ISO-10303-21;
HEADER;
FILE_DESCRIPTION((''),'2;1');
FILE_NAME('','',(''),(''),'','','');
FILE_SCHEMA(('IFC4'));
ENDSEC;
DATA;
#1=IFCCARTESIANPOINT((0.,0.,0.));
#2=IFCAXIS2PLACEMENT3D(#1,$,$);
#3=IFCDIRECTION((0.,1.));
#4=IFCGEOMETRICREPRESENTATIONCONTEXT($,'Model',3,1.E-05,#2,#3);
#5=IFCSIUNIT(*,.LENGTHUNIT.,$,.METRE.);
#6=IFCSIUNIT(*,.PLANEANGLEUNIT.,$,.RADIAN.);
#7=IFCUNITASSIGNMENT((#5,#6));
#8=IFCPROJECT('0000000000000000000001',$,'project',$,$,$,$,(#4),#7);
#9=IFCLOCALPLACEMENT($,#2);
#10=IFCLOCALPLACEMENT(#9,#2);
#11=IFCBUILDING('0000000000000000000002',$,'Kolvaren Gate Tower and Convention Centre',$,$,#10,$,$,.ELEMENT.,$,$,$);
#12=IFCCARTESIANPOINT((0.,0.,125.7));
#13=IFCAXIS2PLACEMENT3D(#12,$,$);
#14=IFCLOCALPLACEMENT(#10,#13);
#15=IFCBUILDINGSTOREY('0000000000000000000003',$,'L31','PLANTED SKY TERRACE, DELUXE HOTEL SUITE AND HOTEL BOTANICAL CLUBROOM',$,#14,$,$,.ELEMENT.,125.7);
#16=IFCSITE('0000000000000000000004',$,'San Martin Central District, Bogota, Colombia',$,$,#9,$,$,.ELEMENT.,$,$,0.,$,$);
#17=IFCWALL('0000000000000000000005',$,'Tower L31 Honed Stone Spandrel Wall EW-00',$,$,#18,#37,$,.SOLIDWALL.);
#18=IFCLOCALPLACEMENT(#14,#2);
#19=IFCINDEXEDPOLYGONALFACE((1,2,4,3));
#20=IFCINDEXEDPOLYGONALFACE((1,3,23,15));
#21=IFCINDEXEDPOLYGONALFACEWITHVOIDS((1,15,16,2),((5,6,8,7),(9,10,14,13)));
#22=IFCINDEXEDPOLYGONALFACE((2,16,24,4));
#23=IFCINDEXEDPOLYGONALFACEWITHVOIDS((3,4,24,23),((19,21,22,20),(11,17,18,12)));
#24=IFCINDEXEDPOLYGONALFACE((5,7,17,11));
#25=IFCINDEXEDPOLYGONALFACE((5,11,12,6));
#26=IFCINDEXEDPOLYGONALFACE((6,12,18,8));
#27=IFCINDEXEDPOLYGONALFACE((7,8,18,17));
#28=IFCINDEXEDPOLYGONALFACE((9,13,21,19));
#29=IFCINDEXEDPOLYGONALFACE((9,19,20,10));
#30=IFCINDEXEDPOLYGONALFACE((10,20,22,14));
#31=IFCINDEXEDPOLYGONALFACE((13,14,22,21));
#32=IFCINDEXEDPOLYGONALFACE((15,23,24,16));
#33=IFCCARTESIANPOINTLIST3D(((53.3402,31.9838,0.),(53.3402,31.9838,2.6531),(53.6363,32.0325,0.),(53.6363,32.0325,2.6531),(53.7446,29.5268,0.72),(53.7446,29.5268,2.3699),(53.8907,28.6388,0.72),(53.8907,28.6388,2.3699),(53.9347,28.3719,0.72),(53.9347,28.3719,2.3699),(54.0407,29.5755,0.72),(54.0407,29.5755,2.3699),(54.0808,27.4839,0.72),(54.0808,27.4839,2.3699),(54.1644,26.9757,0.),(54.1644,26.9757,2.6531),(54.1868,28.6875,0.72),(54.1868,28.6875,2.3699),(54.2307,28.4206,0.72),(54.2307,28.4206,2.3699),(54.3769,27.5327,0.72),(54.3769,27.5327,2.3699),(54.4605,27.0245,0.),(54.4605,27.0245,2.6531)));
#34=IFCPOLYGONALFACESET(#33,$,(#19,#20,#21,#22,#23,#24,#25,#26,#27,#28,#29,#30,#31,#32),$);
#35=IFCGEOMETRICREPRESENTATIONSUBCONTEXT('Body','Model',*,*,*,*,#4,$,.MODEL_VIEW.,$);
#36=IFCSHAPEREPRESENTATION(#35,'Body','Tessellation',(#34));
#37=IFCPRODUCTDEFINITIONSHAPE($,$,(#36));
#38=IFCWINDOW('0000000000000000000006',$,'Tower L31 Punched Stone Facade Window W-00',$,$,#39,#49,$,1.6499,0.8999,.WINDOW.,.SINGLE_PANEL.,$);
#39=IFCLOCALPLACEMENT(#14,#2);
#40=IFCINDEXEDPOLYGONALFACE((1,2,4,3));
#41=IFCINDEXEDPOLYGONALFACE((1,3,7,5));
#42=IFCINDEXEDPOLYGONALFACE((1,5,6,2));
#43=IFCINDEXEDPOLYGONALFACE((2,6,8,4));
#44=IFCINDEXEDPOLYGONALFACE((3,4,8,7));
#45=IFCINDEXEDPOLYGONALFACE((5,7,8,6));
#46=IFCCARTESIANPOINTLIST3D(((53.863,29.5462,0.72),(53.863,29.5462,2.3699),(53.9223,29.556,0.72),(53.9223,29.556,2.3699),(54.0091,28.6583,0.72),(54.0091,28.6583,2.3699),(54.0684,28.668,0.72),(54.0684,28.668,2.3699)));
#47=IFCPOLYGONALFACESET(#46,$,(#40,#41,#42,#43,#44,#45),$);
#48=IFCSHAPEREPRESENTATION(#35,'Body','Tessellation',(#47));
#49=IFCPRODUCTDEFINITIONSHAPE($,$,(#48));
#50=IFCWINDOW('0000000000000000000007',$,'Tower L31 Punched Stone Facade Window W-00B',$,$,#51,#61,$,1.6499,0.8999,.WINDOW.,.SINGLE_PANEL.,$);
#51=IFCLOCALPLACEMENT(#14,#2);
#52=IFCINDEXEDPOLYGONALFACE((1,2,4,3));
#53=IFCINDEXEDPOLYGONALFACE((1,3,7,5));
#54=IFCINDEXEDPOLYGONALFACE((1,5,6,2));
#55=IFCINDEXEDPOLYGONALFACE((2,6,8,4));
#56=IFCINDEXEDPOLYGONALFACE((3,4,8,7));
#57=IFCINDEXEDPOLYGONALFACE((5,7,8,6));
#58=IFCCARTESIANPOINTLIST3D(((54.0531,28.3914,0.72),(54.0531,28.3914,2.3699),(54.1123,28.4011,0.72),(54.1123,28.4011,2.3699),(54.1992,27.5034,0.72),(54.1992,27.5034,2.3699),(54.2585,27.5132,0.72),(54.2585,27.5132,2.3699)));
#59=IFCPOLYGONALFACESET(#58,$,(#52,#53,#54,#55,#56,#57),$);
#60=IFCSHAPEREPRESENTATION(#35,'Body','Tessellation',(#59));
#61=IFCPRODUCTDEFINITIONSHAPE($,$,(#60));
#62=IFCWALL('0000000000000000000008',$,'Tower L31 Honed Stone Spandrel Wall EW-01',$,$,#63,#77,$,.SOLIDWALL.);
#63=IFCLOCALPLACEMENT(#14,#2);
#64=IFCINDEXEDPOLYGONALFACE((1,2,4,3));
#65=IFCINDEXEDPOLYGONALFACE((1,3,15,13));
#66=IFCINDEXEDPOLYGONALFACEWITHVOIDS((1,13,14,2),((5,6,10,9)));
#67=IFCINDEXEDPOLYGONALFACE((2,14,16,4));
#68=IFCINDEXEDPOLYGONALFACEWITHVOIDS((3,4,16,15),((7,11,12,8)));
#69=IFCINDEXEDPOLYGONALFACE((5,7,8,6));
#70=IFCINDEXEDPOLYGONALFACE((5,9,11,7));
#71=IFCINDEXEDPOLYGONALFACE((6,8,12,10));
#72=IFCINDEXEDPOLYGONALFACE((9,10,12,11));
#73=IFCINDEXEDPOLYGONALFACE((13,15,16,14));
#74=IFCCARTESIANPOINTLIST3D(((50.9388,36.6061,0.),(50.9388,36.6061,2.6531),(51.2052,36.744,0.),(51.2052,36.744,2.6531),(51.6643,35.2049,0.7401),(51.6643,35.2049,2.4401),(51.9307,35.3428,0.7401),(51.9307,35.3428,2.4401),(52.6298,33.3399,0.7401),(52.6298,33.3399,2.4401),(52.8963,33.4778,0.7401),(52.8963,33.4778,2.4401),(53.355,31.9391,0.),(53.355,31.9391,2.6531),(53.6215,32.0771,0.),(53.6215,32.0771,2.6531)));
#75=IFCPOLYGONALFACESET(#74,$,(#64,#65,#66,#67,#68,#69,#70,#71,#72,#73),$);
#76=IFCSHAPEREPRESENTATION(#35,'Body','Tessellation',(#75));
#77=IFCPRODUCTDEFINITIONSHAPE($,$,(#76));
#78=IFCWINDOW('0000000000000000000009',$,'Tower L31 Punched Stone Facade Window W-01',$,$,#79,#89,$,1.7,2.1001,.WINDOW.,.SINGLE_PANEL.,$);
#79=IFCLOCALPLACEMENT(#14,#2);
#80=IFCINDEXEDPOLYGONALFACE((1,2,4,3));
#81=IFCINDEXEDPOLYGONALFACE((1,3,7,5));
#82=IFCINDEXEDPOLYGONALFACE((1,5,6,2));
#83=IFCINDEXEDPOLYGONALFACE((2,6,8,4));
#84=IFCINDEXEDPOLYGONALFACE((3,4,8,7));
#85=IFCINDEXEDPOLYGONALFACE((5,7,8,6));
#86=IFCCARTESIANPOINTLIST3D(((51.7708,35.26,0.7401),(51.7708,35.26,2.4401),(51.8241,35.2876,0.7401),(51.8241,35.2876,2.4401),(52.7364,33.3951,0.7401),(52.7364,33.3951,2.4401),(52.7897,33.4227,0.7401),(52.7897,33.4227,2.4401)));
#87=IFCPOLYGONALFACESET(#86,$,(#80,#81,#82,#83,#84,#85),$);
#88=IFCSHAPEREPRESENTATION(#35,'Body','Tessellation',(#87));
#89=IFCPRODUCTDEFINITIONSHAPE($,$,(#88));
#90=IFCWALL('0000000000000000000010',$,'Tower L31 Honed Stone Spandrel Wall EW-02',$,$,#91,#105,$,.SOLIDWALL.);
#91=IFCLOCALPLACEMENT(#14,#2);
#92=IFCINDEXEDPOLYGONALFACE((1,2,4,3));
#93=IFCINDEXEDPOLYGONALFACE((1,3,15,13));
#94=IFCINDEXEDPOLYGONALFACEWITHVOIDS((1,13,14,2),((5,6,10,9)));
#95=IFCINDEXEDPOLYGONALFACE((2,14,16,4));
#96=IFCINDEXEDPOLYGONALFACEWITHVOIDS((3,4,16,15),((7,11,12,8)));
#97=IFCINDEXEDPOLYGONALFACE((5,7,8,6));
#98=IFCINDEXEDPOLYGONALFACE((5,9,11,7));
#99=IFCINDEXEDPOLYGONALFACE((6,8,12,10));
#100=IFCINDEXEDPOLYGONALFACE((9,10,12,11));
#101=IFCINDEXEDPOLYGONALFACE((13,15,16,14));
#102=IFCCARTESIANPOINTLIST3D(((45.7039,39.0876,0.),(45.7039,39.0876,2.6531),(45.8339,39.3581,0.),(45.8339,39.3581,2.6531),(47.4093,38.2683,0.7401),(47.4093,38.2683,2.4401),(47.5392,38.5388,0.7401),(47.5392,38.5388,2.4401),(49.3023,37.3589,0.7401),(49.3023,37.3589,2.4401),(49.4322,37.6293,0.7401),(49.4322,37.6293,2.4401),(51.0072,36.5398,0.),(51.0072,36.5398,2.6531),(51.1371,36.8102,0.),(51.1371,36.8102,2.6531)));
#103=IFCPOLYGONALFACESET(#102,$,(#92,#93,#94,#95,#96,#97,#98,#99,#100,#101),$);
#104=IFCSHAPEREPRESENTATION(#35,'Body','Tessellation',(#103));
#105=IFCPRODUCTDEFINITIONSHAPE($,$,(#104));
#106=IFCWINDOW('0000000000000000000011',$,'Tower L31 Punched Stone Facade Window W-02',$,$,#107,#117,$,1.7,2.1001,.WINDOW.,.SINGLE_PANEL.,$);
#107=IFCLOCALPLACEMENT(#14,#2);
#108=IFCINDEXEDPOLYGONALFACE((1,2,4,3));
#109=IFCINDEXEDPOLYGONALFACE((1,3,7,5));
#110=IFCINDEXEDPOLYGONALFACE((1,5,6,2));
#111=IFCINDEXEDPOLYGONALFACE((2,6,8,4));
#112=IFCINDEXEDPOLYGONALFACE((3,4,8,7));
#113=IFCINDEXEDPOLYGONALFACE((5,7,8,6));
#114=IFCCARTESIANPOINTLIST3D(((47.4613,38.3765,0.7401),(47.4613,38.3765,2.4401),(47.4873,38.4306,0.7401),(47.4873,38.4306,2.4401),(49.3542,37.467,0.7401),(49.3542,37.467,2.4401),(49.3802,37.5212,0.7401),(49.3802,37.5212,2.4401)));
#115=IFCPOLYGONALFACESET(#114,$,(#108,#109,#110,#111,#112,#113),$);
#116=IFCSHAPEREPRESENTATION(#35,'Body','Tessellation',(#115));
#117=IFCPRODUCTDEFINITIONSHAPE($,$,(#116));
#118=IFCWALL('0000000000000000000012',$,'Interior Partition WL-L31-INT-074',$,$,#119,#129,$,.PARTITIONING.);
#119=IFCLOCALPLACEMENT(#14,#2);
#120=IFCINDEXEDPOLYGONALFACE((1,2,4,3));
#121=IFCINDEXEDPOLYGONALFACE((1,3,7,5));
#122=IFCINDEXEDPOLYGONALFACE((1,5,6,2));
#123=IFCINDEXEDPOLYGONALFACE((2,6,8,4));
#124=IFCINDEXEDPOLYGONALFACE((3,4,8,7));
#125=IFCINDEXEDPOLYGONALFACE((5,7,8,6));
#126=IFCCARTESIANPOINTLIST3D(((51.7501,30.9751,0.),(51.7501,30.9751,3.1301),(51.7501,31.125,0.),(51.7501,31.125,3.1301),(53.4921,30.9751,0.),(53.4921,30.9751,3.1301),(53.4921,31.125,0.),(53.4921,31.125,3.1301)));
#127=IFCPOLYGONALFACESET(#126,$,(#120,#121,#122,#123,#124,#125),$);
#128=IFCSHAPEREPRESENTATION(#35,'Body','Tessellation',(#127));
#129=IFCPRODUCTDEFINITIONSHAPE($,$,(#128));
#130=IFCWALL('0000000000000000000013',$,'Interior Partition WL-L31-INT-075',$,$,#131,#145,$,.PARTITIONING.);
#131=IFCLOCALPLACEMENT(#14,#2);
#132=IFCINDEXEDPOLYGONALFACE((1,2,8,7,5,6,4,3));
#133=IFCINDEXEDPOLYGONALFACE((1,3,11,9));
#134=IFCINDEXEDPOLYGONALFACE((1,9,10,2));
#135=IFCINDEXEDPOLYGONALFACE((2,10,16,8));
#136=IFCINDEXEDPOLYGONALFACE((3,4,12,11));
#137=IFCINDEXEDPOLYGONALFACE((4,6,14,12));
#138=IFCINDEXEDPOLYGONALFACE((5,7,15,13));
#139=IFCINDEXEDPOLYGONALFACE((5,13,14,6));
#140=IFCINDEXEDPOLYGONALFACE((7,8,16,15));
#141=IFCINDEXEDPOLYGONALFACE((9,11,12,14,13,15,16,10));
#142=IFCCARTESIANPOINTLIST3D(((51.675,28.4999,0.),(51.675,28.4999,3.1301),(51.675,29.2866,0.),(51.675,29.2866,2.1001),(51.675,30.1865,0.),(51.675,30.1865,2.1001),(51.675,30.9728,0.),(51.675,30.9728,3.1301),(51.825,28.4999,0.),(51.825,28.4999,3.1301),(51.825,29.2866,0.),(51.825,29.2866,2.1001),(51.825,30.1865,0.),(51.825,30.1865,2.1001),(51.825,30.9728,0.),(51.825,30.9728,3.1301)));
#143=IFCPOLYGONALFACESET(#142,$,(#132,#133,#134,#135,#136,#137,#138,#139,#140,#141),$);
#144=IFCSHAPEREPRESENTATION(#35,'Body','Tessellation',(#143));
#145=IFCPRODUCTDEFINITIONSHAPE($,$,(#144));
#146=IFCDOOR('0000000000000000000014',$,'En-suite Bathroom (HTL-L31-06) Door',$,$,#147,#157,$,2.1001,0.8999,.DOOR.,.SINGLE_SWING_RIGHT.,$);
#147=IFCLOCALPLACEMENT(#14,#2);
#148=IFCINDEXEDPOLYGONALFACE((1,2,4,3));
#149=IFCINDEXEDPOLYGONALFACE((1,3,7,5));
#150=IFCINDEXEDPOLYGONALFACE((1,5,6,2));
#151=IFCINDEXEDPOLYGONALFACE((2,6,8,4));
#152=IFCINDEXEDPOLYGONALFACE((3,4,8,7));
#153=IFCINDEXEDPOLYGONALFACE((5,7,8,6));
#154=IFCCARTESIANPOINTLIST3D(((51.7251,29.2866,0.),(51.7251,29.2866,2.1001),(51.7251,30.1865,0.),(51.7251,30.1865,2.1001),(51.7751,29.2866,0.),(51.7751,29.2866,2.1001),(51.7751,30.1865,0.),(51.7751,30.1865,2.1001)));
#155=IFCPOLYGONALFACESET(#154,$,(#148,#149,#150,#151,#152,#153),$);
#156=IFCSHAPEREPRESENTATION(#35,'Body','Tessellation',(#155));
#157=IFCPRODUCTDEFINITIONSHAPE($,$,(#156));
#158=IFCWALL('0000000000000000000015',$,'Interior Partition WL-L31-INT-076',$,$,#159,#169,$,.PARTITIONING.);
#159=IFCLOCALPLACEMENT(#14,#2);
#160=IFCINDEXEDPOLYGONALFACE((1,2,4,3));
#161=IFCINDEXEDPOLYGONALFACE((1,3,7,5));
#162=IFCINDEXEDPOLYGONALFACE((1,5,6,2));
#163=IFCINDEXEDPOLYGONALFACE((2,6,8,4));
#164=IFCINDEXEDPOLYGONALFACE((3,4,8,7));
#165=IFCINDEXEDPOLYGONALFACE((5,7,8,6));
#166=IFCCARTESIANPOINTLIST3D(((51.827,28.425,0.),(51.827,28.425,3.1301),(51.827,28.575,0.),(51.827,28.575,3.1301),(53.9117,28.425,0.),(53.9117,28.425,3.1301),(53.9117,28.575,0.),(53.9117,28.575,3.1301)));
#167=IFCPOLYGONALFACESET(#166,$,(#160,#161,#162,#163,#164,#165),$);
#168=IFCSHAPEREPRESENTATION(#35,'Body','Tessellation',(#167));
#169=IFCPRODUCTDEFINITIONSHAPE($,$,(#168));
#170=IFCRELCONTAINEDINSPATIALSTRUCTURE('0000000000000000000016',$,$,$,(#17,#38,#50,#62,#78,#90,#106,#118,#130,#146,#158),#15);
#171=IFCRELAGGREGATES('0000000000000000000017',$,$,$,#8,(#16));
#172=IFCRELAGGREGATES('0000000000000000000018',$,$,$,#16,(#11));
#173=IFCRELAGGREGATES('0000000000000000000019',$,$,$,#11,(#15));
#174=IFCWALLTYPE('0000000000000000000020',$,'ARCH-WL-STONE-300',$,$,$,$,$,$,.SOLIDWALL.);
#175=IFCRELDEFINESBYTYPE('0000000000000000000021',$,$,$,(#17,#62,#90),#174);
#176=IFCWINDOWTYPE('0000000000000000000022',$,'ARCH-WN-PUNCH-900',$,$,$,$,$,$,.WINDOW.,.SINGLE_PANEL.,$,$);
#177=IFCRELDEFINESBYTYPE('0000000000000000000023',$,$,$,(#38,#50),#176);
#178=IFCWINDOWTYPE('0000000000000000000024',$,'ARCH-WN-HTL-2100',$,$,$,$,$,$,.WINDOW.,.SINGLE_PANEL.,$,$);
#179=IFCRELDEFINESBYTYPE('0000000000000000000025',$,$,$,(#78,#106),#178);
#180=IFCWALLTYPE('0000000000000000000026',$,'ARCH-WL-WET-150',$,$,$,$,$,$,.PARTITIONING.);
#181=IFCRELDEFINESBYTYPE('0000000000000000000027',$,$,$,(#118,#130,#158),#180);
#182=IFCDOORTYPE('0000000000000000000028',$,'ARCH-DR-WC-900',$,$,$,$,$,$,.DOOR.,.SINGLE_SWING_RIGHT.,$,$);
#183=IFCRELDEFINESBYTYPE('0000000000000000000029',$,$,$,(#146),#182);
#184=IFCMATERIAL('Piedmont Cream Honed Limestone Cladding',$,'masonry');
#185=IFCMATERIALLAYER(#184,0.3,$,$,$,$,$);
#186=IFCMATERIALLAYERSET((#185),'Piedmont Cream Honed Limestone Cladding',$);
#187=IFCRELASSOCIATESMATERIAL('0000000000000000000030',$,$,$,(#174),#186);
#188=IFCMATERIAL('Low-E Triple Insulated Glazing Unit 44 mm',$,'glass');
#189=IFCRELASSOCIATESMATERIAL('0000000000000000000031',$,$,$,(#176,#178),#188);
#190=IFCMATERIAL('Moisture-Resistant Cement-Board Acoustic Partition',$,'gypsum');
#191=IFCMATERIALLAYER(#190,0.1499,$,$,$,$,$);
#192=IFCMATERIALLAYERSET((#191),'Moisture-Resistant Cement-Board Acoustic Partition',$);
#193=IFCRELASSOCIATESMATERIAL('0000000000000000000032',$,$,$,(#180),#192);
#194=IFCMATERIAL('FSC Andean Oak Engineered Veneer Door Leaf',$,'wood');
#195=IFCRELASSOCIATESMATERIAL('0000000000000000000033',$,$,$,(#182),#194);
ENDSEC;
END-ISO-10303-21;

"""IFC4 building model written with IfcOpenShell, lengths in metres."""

from ifc_helpers import new_model, si_unit, direction, frame, frame_2d, origin, place, context, subcontext, project, spatial, rectangle, extrude, material, layer, layer_set, type_object, element, fill, save


model = new_model("IFC4")

# Units and contexts
model_context = context("Model", 3, precision=1e-05, world=origin(), true_north=direction((0.0, 1.0)))
body_context = subcontext(model_context, "Body", "Model", "MODEL_VIEW")
ifc_project = project(units=[si_unit("LENGTHUNIT", "METRE"), si_unit("PLANEANGLEUNIT", "RADIAN")], contexts=[model_context])

# Site, building, storey
site_placement = place(None, origin())
site = spatial("IfcSite", under=ifc_project, at=site_placement, Name="San Martin Central District, Bogota, Colombia", CompositionType="ELEMENT", RefElevation=0.0)
building_placement = place(site_placement, origin())
building = spatial("IfcBuilding", under=site, at=building_placement, Name="Kolvaren Gate Tower and Convention Centre", CompositionType="ELEMENT")
storey_placement = place(building_placement, frame((0.0, 0.0, 125.7)))
storey = spatial("IfcBuildingStorey", under=building, at=storey_placement, Name="L31", Description="PLANTED SKY TERRACE, DELUXE HOTEL SUITE AND HOTEL BOTANICAL CLUBROOM", CompositionType="ELEMENT", Elevation=125.7)

# Shared definitions
ifc_material_1 = material(Name="Piedmont Cream Honed Limestone Cladding", Category="masonry")

# Wall, openings, windows
ifc_layer_1 = layer(ifc_material_1, 0.3)
ifc_layer_set_1 = layer_set([ifc_layer_1], Name="Piedmont Cream Honed Limestone Cladding")
wall_type_1 = type_object("IfcWallType", Name="ARCH-WL-STONE-300", PredefinedType="SOLIDWALL", material=ifc_layer_set_1)
wall_1_placement = place(storey_placement, frame((53.4883, 32.0081, 0.0), z_axis=(0.0, 0.0, 1.0), x_axis=(0.162394, -0.986726, 0.0)))
wall_1 = element("IfcWall", 1, at=wall_1_placement, inside=storey, type_object=wall_type_1, Name="Tower L31 Honed Stone Spandrel Wall EW-00", PredefinedType="SOLIDWALL", context=body_context, shape_type="SweptSolid", body=[
    extrude(rectangle(XDim=5.0754, YDim=0.3, at=frame_2d((2.5376, 0.0))), origin(), (0.0, 0.0, 1.0), 2.6531),
])
opening_1_placement = place(wall_1_placement, frame((2.49, 0.0, 0.72)))
opening_1 = element("IfcOpeningElement", 2, at=opening_1_placement, cuts=wall_1, PredefinedType="OPENING", context=body_context, shape_type="SweptSolid", body=[
    extrude(rectangle(XDim=0.8999, YDim=1.6499, at=frame_2d((0.45, 0.825))), frame((0.0, 0.1599, 0.0), z_axis=(0.0, -1.0, 0.0), x_axis=(1.0, 0.0, 0.0)), (0.0, 0.0, 1.0), 0.3201),
])
opening_2_placement = place(wall_1_placement, frame((3.6604, 0.0, 0.72)))
opening_2 = element("IfcOpeningElement", 3, at=opening_2_placement, cuts=wall_1, PredefinedType="OPENING", context=body_context, shape_type="SweptSolid", body=[
    extrude(rectangle(XDim=0.8999, YDim=1.6499, at=frame_2d((0.45, 0.825))), frame((0.0, 0.1599, 0.0), z_axis=(0.0, -1.0, 0.0), x_axis=(1.0, 0.0, 0.0)), (0.0, 0.0, 1.0), 0.3201),
])
ifc_material_2 = material(Name="Low-E Triple Insulated Glazing Unit 44 mm", Category="glass")
window_type_1 = type_object("IfcWindowType", Name="ARCH-WN-PUNCH-900", PartitioningType="SINGLE_PANEL", PredefinedType="WINDOW", material=ifc_material_2)
window_1_placement = place(opening_1_placement, origin())
window_1 = element("IfcWindow", 4, at=window_1_placement, inside=storey, type_object=window_type_1, Name="Tower L31 Punched Stone Facade Window W-00", OverallHeight=1.6499, OverallWidth=0.8999, PartitioningType="SINGLE_PANEL", PredefinedType="WINDOW", context=body_context, shape_type="SweptSolid", body=[
    extrude(rectangle(XDim=0.8999, YDim=1.6499, at=frame_2d((0.45, 0.825))), frame((0.0, 0.03, 0.0), z_axis=(0.0, -1.0, 0.0), x_axis=(1.0, 0.0, 0.0)), (0.0, 0.0, 1.0), 0.0601),
])
fill(opening_1, window_1)
window_2_placement = place(opening_2_placement, origin())
window_2 = element("IfcWindow", 5, at=window_2_placement, inside=storey, type_object=window_type_1, Name="Tower L31 Punched Stone Facade Window W-00B", OverallHeight=1.6499, OverallWidth=0.8999, PartitioningType="SINGLE_PANEL", PredefinedType="WINDOW", context=body_context, shape_type="SweptSolid", body=[
    extrude(rectangle(XDim=0.8999, YDim=1.6499, at=frame_2d((0.45, 0.825))), frame((0.0, 0.03, 0.0), z_axis=(0.0, -1.0, 0.0), x_axis=(1.0, 0.0, 0.0)), (0.0, 0.0, 1.0), 0.0601),
])
fill(opening_2, window_2)

# Walls, openings, windows
wall_2_placement = place(storey_placement, frame((51.072, 36.675, 0.0), z_axis=(0.0, 0.0, 1.0), x_axis=(0.459768, -0.888039, 0.0)))
wall_2 = element("IfcWall", 6, at=wall_2_placement, inside=storey, type_object=wall_type_1, Name="Tower L31 Honed Stone Spandrel Wall EW-01", PredefinedType="SOLIDWALL", context=body_context, shape_type="SweptSolid", body=[
    extrude(rectangle(XDim=5.2554, YDim=0.3, at=frame_2d((2.6277, 0.0))), origin(), (0.0, 0.0, 1.0), 2.6531),
])
opening_3_placement = place(wall_2_placement, frame((1.5779, 0.0, 0.74)))
opening_3 = element("IfcOpeningElement", 7, at=opening_3_placement, cuts=wall_2, PredefinedType="OPENING", context=body_context, shape_type="SweptSolid", body=[
    extrude(rectangle(XDim=2.1001, YDim=1.7, at=frame_2d((1.05, 0.8501))), frame((0.0, 0.1599, 0.0), z_axis=(0.0, -1.0, 0.0), x_axis=(1.0, 0.0, 0.0)), (0.0, 0.0, 1.0), 0.3201),
])
window_type_2 = type_object("IfcWindowType", Name="ARCH-WN-HTL-2100", PartitioningType="SINGLE_PANEL", PredefinedType="WINDOW", material=ifc_material_2)
window_3_placement = place(opening_3_placement, origin())
window_3 = element("IfcWindow", 8, at=window_3_placement, inside=storey, type_object=window_type_2, Name="Tower L31 Punched Stone Facade Window W-01", OverallHeight=1.7, OverallWidth=2.1001, PartitioningType="SINGLE_PANEL", PredefinedType="WINDOW", context=body_context, shape_type="SweptSolid", body=[
    extrude(rectangle(XDim=2.1001, YDim=1.7, at=frame_2d((1.05, 0.8501))), frame((0.0, 0.03, 0.0), z_axis=(0.0, -1.0, 0.0), x_axis=(1.0, 0.0, 0.0)), (0.0, 0.0, 1.0), 0.0601),
])
fill(opening_3, window_3)
wall_3_placement = place(storey_placement, frame((45.7688, 39.2229, 0.0), z_axis=(0.0, 0.0, 1.0), x_axis=(0.90137, -0.433049, 0.0)))
wall_3 = element("IfcWall", 9, at=wall_3_placement, inside=storey, type_object=wall_type_1, Name="Tower L31 Honed Stone Spandrel Wall EW-02", PredefinedType="SOLIDWALL", context=body_context, shape_type="SweptSolid", body=[
    extrude(rectangle(XDim=5.8835, YDim=0.3, at=frame_2d((2.9419, 0.0))), origin(), (0.0, 0.0, 1.0), 2.6531),
])
opening_4_placement = place(wall_3_placement, frame((1.8921, 0.0, 0.74)))
opening_4 = element("IfcOpeningElement", 10, at=opening_4_placement, cuts=wall_3, PredefinedType="OPENING", context=body_context, shape_type="SweptSolid", body=[
    extrude(rectangle(XDim=2.1001, YDim=1.7, at=frame_2d((1.05, 0.8501))), frame((0.0, 0.1599, 0.0), z_axis=(0.0, -1.0, 0.0), x_axis=(1.0, 0.0, 0.0)), (0.0, 0.0, 1.0), 0.3201),
])
window_4_placement = place(opening_4_placement, origin())
window_4 = element("IfcWindow", 11, at=window_4_placement, inside=storey, type_object=window_type_2, Name="Tower L31 Punched Stone Facade Window W-02", OverallHeight=1.7, OverallWidth=2.1001, PartitioningType="SINGLE_PANEL", PredefinedType="WINDOW", context=body_context, shape_type="SweptSolid", body=[
    extrude(rectangle(XDim=2.1001, YDim=1.7, at=frame_2d((1.05, 0.8501))), frame((0.0, 0.03, 0.0), z_axis=(0.0, -1.0, 0.0), x_axis=(1.0, 0.0, 0.0)), (0.0, 0.0, 1.0), 0.0601),
])
fill(opening_4, window_4)

# Wall
ifc_material_3 = material(Name="Moisture-Resistant Cement-Board Acoustic Partition", Category="gypsum")
ifc_layer_2 = layer(ifc_material_3, 0.1499)
ifc_layer_set_2 = layer_set([ifc_layer_2], Name="Moisture-Resistant Cement-Board Acoustic Partition")
wall_type_2 = type_object("IfcWallType", Name="ARCH-WL-WET-150", PredefinedType="PARTITIONING", material=ifc_layer_set_2)
wall_4_placement = place(storey_placement, frame((51.75, 31.05, 0.0), z_axis=(0.0, 0.0, 1.0), x_axis=(1.0, 0.0, 0.0)))
element("IfcWall", 12, at=wall_4_placement, inside=storey, type_object=wall_type_2, Name="Interior Partition WL-L31-INT-074", PredefinedType="PARTITIONING", context=body_context, shape_type="SweptSolid", body=[
    extrude(rectangle(XDim=1.7419, YDim=0.1499, at=frame_2d((0.8711, 0.0))), origin(), (0.0, 0.0, 1.0), 3.1301),
])

# Wall, opening, door
wall_5_placement = place(storey_placement, frame((51.75, 28.5, 0.0), z_axis=(0.0, 0.0, 1.0), x_axis=(0.0, 1.0, 0.0)))
wall_5 = element("IfcWall", 13, at=wall_5_placement, inside=storey, type_object=wall_type_2, Name="Interior Partition WL-L31-INT-075", PredefinedType="PARTITIONING", context=body_context, shape_type="SweptSolid", body=[
    extrude(rectangle(XDim=2.4729, YDim=0.1499, at=frame_2d((1.2363, 0.0))), origin(), (0.0, 0.0, 1.0), 3.1301),
])
opening_5_placement = place(wall_5_placement, frame((0.7866, 0.0, 0.0)))
opening_5 = element("IfcOpeningElement", 14, at=opening_5_placement, cuts=wall_5, PredefinedType="OPENING", context=body_context, shape_type="SweptSolid", body=[
    extrude(rectangle(XDim=0.8999, YDim=2.1001, at=frame_2d((0.45, 1.05))), frame((0.0, 0.085, 0.0), z_axis=(0.0, -1.0, 0.0), x_axis=(1.0, 0.0, 0.0)), (0.0, 0.0, 1.0), 0.1699),
])
ifc_material_4 = material(Name="FSC Andean Oak Engineered Veneer Door Leaf", Category="wood")
door_type = type_object("IfcDoorType", Name="ARCH-DR-WC-900", OperationType="SINGLE_SWING_RIGHT", PredefinedType="DOOR", material=ifc_material_4)
door_placement = place(opening_5_placement, origin())
door = element("IfcDoor", 15, at=door_placement, inside=storey, type_object=door_type, Name="En-suite Bathroom (HTL-L31-06) Door", OperationType="SINGLE_SWING_RIGHT", OverallHeight=2.1001, OverallWidth=0.8999, PredefinedType="DOOR", context=body_context, shape_type="SweptSolid", body=[
    extrude(rectangle(XDim=0.8999, YDim=2.1001, at=frame_2d((0.45, 1.05))), frame((0.0, 0.0249, 0.0), z_axis=(0.0, -1.0, 0.0), x_axis=(1.0, 0.0, 0.0)), (0.0, 0.0, 1.0), 0.05),
])
fill(opening_5, door)

# Wall
wall_6_placement = place(storey_placement, frame((51.8269, 28.5, 0.0), z_axis=(0.0, 0.0, 1.0), x_axis=(1.0, 0.0, 0.0)))
element("IfcWall", 16, at=wall_6_placement, inside=storey, type_object=wall_type_2, Name="Interior Partition WL-L31-INT-076", PredefinedType="PARTITIONING", context=body_context, shape_type="SweptSolid", body=[
    extrude(rectangle(XDim=2.0847, YDim=0.1499, at=frame_2d((1.0425, 0.0))), origin(), (0.0, 0.0, 1.0), 3.1301),
])

save(model, "model.ifc")
